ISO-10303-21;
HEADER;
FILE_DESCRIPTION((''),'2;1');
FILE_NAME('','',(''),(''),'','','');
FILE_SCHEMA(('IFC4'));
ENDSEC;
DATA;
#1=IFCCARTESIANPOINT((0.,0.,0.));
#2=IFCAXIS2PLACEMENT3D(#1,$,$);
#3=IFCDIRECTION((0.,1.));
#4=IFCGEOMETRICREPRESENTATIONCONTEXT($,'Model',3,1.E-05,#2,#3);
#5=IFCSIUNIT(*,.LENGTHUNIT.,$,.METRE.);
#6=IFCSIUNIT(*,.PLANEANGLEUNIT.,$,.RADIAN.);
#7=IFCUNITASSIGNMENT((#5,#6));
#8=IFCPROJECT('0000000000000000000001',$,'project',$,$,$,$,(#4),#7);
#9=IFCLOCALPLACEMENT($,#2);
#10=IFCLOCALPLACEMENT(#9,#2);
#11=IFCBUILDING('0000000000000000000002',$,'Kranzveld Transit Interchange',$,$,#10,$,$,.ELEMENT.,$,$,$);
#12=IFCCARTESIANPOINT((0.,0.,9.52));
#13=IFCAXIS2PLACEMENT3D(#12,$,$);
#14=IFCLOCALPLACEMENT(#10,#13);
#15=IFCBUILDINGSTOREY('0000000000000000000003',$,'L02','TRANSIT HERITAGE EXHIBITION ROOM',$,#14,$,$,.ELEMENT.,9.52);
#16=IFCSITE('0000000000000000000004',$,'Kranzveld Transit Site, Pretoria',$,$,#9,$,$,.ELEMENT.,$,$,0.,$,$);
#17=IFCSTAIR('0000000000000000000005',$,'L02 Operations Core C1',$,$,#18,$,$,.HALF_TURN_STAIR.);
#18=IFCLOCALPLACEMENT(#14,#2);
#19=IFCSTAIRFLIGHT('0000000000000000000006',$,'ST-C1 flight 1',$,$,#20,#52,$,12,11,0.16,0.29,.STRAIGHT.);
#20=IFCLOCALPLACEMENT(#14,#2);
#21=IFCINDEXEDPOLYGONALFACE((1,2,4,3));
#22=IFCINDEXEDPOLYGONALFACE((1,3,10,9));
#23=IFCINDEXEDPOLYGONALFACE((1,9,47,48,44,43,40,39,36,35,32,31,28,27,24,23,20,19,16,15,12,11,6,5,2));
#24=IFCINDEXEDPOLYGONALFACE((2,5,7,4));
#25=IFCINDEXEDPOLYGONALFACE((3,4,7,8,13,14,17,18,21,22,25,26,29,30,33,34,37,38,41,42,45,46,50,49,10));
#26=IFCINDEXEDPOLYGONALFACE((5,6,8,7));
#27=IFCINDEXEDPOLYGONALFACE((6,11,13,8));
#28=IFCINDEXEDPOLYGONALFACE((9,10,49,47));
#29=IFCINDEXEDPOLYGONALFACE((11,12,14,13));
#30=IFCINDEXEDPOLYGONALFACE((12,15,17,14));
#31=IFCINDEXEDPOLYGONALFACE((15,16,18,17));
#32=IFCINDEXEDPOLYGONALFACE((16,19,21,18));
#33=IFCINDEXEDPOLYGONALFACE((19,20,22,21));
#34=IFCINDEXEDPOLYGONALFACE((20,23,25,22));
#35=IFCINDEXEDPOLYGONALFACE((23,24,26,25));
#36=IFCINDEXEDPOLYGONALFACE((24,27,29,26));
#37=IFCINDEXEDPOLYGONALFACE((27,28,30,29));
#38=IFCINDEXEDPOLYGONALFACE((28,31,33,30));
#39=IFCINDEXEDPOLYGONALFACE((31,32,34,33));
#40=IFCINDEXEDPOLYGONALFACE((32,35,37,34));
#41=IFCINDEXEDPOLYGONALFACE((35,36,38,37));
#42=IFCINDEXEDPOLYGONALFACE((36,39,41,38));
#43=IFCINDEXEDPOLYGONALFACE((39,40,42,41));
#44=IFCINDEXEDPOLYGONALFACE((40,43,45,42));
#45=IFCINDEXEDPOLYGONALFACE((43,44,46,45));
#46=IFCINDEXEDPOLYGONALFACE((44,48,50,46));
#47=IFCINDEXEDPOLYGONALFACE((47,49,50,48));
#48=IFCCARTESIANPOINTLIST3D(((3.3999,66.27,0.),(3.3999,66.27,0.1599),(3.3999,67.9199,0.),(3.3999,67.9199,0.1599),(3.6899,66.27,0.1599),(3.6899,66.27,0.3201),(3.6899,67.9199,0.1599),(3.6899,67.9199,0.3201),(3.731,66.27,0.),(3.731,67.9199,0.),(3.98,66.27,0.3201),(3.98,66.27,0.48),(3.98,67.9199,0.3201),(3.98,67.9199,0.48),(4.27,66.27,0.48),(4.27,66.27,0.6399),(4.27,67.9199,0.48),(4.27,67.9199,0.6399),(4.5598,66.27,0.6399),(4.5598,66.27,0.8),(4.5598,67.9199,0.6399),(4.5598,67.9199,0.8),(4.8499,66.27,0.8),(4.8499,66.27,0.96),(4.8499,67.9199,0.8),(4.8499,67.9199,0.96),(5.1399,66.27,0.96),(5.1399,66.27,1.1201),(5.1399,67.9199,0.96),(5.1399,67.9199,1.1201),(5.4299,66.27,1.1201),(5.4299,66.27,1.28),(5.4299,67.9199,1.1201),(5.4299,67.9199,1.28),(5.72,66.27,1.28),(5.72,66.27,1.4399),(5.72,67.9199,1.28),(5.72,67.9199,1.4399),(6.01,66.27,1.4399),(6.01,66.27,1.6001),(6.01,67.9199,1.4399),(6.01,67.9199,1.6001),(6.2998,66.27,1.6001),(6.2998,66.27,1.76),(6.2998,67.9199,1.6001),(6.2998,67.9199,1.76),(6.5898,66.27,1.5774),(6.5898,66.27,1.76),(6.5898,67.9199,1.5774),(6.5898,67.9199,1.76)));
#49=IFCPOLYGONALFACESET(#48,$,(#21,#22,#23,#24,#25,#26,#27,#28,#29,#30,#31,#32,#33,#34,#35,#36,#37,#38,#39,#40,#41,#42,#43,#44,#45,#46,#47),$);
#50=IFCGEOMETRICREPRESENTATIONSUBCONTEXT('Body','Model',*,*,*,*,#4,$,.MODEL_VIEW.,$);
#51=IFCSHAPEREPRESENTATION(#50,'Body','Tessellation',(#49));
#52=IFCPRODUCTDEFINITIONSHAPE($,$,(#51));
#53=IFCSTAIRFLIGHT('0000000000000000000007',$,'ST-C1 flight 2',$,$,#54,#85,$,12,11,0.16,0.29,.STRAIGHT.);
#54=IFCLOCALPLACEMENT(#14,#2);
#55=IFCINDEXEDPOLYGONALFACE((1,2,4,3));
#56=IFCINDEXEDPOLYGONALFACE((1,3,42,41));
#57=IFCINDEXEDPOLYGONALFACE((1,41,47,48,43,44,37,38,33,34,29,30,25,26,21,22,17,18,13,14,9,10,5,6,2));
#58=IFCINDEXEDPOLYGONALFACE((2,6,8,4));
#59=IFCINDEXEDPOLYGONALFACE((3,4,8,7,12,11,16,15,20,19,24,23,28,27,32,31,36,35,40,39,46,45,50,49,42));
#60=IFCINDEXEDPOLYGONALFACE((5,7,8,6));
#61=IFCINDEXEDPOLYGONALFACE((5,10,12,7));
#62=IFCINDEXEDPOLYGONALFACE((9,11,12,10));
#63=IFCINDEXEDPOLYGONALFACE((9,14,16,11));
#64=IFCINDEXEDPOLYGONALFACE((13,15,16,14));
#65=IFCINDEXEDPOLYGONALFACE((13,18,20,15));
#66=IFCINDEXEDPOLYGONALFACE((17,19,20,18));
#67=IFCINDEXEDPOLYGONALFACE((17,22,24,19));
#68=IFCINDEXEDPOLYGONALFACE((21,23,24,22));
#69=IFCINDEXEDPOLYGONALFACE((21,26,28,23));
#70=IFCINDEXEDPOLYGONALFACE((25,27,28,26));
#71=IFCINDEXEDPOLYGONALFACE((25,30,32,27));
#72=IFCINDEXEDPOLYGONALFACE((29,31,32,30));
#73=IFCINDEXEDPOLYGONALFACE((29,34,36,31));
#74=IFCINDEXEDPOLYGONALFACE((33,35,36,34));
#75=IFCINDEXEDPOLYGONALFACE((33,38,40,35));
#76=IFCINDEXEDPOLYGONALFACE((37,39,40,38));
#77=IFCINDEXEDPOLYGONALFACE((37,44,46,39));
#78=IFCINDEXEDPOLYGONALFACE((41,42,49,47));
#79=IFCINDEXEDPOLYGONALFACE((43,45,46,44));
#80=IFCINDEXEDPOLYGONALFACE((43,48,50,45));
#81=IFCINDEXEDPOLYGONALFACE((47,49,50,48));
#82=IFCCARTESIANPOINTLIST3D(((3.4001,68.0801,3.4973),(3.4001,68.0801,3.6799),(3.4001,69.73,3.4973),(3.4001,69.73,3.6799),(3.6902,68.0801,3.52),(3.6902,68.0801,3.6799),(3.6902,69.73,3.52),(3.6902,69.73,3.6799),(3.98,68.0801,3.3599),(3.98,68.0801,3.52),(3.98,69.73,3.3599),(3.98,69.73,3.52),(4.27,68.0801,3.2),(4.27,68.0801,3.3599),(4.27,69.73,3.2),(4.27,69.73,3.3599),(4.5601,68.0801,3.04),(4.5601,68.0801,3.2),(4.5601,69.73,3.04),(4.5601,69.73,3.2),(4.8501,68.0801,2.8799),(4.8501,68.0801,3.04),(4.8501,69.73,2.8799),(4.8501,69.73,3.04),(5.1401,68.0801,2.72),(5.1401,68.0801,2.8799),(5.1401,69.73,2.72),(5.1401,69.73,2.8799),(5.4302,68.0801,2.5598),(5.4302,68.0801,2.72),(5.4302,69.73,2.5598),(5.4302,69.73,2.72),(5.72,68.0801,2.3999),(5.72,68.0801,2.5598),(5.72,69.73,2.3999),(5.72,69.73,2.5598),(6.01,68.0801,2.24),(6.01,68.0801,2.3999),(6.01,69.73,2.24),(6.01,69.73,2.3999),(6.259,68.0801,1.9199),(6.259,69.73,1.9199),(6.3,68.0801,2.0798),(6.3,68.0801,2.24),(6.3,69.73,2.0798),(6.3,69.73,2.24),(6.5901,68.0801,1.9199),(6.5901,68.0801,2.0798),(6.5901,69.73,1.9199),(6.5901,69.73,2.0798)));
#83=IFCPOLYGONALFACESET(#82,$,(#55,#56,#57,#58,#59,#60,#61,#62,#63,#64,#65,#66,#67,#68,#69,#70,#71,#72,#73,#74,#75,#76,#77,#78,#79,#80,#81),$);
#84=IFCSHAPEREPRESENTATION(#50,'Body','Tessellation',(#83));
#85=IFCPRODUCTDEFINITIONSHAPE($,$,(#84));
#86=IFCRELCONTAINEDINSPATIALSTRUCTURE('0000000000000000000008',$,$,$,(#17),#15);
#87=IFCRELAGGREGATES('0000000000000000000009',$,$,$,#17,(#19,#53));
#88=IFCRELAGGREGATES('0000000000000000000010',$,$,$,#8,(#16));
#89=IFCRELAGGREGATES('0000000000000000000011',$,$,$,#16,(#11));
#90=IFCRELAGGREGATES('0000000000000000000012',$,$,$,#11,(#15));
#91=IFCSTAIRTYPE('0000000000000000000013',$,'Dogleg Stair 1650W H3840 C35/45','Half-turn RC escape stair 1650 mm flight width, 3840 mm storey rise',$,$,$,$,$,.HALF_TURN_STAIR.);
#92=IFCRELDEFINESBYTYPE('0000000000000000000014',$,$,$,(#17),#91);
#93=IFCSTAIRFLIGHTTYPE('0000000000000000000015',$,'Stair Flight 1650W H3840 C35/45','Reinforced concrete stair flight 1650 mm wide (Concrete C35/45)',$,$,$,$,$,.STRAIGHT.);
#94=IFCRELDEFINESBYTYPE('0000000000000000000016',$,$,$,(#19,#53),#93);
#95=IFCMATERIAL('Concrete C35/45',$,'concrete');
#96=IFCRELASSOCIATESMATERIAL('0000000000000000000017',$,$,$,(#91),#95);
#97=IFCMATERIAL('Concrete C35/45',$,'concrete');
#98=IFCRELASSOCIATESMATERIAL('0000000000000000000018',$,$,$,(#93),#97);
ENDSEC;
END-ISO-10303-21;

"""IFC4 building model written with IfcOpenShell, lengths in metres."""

from ifc_helpers import new_model, si_unit, direction, frame, origin, place, context, subcontext, project, spatial, polyline, outline, extrude, material, type_object, element, aggregate, save


model = new_model("IFC4")

# Units and contexts
model_context = context("Model", 3, precision=1e-05, world=origin(), true_north=direction((0.0, 1.0)))
body_context = subcontext(model_context, "Body", "Model", "MODEL_VIEW")
ifc_project = project(units=[si_unit("LENGTHUNIT", "METRE"), si_unit("PLANEANGLEUNIT", "RADIAN")], contexts=[model_context])

# Site, building, storey
site_placement = place(None, origin())
site = spatial("IfcSite", under=ifc_project, at=site_placement, Name="Kranzveld Transit Site, Pretoria", CompositionType="ELEMENT", RefElevation=0.0)
building_placement = place(site_placement, origin())
building = spatial("IfcBuilding", under=site, at=building_placement, Name="Kranzveld Transit Interchange", CompositionType="ELEMENT")
storey_placement = place(building_placement, frame((0.0, 0.0, 9.52)))
storey = spatial("IfcBuildingStorey", under=building, at=storey_placement, Name="L02", Description="TRANSIT HERITAGE EXHIBITION ROOM", CompositionType="ELEMENT", Elevation=9.52)

# Stair, stair flights
ifc_material_1 = material(Name="Concrete C35/45", Category="concrete")
stair_type = type_object("IfcStairType", Name="Dogleg Stair 1650W H3840 C35/45", Description="Half-turn RC escape stair 1650 mm flight width, 3840 mm storey rise", PredefinedType="HALF_TURN_STAIR", material=ifc_material_1)
stair_placement = place(storey_placement, origin())
stair = element("IfcStair", 1, at=stair_placement, inside=storey, type_object=stair_type, Name="L02 Operations Core C1", PredefinedType="HALF_TURN_STAIR")
ifc_material_2 = material(Name="Concrete C35/45", Category="concrete")
stair_flight_type = type_object("IfcStairFlightType", Name="Stair Flight 1650W H3840 C35/45", Description="Reinforced concrete stair flight 1650 mm wide (Concrete C35/45)", PredefinedType="STRAIGHT", material=ifc_material_2)
stair_flight_1_placement = place(storey_placement, frame((3.3999, 67.095, 0.0), z_axis=(0.0, 0.0, 1.0), x_axis=(1.0, 0.0, 0.0)))
stair_flight_1 = element("IfcStairFlight", 2, at=stair_flight_1_placement, type_object=stair_flight_type, Name="ST-C1 flight 1", NumberOfRisers=12, NumberOfTreads=11, PredefinedType="STRAIGHT", RiserHeight=0.16, TreadLength=0.29, context=body_context, shape_type="SweptSolid", body=[
    extrude(outline(polyline([(0.0, 0.0), (0.0, 0.1599), (0.29, 0.1599), (0.29, 0.3201), (0.5801, 0.3201), (0.5801, 0.48), (0.8701, 0.48), (0.8701, 0.6399), (1.1599, 0.6399), (1.1599, 0.8), (1.45, 0.8), (1.45, 0.96), (1.74, 0.96), (1.74, 1.1201), (2.03, 1.1201), (2.03, 1.28), (2.3201, 1.28), (2.3201, 1.4399), (2.6101, 1.4399), (2.6101, 1.6001), (2.8999, 1.6001), (2.8999, 1.76), (3.1899, 1.76), (3.1899, 1.9199), (3.1899, 1.5774), (0.3311, 0.0), (0.0, 0.0)])), frame((0.0, 0.825, 0.0), z_axis=(0.0, -1.0, 0.0), x_axis=(1.0, 0.0, 0.0)), (0.0, 0.0, 1.0), 1.6499),
])
stair_flight_2_placement = place(storey_placement, frame((6.5901, 68.905, 1.9199), z_axis=(0.0, 0.0, 1.0), x_axis=(-1.0, 0.0, 0.0)))
stair_flight_2 = element("IfcStairFlight", 3, at=stair_flight_2_placement, type_object=stair_flight_type, Name="ST-C1 flight 2", NumberOfRisers=12, NumberOfTreads=11, PredefinedType="STRAIGHT", RiserHeight=0.16, TreadLength=0.29, context=body_context, shape_type="SweptSolid", body=[
    extrude(outline(polyline([(0.0, 0.0), (0.0, 0.1599), (0.29, 0.1599), (0.29, 0.3201), (0.5801, 0.3201), (0.5801, 0.48), (0.8701, 0.48), (0.8701, 0.6399), (1.1599, 0.6399), (1.1599, 0.8), (1.45, 0.8), (1.45, 0.96), (1.74, 0.96), (1.74, 1.1201), (2.03, 1.1201), (2.03, 1.28), (2.3201, 1.28), (2.3201, 1.4399), (2.6101, 1.4399), (2.6101, 1.6001), (2.8999, 1.6001), (2.8999, 1.76), (3.1899, 1.76), (3.1899, 1.9199), (3.1899, 1.5774), (0.3311, 0.0), (0.0, 0.0)])), frame((0.0, 0.825, 0.0), z_axis=(0.0, -1.0, 0.0), x_axis=(1.0, 0.0, 0.0)), (0.0, 0.0, 1.0), 1.6499),
])
aggregate(stair, [stair_flight_1, stair_flight_2])

save(model, "model.ifc")
